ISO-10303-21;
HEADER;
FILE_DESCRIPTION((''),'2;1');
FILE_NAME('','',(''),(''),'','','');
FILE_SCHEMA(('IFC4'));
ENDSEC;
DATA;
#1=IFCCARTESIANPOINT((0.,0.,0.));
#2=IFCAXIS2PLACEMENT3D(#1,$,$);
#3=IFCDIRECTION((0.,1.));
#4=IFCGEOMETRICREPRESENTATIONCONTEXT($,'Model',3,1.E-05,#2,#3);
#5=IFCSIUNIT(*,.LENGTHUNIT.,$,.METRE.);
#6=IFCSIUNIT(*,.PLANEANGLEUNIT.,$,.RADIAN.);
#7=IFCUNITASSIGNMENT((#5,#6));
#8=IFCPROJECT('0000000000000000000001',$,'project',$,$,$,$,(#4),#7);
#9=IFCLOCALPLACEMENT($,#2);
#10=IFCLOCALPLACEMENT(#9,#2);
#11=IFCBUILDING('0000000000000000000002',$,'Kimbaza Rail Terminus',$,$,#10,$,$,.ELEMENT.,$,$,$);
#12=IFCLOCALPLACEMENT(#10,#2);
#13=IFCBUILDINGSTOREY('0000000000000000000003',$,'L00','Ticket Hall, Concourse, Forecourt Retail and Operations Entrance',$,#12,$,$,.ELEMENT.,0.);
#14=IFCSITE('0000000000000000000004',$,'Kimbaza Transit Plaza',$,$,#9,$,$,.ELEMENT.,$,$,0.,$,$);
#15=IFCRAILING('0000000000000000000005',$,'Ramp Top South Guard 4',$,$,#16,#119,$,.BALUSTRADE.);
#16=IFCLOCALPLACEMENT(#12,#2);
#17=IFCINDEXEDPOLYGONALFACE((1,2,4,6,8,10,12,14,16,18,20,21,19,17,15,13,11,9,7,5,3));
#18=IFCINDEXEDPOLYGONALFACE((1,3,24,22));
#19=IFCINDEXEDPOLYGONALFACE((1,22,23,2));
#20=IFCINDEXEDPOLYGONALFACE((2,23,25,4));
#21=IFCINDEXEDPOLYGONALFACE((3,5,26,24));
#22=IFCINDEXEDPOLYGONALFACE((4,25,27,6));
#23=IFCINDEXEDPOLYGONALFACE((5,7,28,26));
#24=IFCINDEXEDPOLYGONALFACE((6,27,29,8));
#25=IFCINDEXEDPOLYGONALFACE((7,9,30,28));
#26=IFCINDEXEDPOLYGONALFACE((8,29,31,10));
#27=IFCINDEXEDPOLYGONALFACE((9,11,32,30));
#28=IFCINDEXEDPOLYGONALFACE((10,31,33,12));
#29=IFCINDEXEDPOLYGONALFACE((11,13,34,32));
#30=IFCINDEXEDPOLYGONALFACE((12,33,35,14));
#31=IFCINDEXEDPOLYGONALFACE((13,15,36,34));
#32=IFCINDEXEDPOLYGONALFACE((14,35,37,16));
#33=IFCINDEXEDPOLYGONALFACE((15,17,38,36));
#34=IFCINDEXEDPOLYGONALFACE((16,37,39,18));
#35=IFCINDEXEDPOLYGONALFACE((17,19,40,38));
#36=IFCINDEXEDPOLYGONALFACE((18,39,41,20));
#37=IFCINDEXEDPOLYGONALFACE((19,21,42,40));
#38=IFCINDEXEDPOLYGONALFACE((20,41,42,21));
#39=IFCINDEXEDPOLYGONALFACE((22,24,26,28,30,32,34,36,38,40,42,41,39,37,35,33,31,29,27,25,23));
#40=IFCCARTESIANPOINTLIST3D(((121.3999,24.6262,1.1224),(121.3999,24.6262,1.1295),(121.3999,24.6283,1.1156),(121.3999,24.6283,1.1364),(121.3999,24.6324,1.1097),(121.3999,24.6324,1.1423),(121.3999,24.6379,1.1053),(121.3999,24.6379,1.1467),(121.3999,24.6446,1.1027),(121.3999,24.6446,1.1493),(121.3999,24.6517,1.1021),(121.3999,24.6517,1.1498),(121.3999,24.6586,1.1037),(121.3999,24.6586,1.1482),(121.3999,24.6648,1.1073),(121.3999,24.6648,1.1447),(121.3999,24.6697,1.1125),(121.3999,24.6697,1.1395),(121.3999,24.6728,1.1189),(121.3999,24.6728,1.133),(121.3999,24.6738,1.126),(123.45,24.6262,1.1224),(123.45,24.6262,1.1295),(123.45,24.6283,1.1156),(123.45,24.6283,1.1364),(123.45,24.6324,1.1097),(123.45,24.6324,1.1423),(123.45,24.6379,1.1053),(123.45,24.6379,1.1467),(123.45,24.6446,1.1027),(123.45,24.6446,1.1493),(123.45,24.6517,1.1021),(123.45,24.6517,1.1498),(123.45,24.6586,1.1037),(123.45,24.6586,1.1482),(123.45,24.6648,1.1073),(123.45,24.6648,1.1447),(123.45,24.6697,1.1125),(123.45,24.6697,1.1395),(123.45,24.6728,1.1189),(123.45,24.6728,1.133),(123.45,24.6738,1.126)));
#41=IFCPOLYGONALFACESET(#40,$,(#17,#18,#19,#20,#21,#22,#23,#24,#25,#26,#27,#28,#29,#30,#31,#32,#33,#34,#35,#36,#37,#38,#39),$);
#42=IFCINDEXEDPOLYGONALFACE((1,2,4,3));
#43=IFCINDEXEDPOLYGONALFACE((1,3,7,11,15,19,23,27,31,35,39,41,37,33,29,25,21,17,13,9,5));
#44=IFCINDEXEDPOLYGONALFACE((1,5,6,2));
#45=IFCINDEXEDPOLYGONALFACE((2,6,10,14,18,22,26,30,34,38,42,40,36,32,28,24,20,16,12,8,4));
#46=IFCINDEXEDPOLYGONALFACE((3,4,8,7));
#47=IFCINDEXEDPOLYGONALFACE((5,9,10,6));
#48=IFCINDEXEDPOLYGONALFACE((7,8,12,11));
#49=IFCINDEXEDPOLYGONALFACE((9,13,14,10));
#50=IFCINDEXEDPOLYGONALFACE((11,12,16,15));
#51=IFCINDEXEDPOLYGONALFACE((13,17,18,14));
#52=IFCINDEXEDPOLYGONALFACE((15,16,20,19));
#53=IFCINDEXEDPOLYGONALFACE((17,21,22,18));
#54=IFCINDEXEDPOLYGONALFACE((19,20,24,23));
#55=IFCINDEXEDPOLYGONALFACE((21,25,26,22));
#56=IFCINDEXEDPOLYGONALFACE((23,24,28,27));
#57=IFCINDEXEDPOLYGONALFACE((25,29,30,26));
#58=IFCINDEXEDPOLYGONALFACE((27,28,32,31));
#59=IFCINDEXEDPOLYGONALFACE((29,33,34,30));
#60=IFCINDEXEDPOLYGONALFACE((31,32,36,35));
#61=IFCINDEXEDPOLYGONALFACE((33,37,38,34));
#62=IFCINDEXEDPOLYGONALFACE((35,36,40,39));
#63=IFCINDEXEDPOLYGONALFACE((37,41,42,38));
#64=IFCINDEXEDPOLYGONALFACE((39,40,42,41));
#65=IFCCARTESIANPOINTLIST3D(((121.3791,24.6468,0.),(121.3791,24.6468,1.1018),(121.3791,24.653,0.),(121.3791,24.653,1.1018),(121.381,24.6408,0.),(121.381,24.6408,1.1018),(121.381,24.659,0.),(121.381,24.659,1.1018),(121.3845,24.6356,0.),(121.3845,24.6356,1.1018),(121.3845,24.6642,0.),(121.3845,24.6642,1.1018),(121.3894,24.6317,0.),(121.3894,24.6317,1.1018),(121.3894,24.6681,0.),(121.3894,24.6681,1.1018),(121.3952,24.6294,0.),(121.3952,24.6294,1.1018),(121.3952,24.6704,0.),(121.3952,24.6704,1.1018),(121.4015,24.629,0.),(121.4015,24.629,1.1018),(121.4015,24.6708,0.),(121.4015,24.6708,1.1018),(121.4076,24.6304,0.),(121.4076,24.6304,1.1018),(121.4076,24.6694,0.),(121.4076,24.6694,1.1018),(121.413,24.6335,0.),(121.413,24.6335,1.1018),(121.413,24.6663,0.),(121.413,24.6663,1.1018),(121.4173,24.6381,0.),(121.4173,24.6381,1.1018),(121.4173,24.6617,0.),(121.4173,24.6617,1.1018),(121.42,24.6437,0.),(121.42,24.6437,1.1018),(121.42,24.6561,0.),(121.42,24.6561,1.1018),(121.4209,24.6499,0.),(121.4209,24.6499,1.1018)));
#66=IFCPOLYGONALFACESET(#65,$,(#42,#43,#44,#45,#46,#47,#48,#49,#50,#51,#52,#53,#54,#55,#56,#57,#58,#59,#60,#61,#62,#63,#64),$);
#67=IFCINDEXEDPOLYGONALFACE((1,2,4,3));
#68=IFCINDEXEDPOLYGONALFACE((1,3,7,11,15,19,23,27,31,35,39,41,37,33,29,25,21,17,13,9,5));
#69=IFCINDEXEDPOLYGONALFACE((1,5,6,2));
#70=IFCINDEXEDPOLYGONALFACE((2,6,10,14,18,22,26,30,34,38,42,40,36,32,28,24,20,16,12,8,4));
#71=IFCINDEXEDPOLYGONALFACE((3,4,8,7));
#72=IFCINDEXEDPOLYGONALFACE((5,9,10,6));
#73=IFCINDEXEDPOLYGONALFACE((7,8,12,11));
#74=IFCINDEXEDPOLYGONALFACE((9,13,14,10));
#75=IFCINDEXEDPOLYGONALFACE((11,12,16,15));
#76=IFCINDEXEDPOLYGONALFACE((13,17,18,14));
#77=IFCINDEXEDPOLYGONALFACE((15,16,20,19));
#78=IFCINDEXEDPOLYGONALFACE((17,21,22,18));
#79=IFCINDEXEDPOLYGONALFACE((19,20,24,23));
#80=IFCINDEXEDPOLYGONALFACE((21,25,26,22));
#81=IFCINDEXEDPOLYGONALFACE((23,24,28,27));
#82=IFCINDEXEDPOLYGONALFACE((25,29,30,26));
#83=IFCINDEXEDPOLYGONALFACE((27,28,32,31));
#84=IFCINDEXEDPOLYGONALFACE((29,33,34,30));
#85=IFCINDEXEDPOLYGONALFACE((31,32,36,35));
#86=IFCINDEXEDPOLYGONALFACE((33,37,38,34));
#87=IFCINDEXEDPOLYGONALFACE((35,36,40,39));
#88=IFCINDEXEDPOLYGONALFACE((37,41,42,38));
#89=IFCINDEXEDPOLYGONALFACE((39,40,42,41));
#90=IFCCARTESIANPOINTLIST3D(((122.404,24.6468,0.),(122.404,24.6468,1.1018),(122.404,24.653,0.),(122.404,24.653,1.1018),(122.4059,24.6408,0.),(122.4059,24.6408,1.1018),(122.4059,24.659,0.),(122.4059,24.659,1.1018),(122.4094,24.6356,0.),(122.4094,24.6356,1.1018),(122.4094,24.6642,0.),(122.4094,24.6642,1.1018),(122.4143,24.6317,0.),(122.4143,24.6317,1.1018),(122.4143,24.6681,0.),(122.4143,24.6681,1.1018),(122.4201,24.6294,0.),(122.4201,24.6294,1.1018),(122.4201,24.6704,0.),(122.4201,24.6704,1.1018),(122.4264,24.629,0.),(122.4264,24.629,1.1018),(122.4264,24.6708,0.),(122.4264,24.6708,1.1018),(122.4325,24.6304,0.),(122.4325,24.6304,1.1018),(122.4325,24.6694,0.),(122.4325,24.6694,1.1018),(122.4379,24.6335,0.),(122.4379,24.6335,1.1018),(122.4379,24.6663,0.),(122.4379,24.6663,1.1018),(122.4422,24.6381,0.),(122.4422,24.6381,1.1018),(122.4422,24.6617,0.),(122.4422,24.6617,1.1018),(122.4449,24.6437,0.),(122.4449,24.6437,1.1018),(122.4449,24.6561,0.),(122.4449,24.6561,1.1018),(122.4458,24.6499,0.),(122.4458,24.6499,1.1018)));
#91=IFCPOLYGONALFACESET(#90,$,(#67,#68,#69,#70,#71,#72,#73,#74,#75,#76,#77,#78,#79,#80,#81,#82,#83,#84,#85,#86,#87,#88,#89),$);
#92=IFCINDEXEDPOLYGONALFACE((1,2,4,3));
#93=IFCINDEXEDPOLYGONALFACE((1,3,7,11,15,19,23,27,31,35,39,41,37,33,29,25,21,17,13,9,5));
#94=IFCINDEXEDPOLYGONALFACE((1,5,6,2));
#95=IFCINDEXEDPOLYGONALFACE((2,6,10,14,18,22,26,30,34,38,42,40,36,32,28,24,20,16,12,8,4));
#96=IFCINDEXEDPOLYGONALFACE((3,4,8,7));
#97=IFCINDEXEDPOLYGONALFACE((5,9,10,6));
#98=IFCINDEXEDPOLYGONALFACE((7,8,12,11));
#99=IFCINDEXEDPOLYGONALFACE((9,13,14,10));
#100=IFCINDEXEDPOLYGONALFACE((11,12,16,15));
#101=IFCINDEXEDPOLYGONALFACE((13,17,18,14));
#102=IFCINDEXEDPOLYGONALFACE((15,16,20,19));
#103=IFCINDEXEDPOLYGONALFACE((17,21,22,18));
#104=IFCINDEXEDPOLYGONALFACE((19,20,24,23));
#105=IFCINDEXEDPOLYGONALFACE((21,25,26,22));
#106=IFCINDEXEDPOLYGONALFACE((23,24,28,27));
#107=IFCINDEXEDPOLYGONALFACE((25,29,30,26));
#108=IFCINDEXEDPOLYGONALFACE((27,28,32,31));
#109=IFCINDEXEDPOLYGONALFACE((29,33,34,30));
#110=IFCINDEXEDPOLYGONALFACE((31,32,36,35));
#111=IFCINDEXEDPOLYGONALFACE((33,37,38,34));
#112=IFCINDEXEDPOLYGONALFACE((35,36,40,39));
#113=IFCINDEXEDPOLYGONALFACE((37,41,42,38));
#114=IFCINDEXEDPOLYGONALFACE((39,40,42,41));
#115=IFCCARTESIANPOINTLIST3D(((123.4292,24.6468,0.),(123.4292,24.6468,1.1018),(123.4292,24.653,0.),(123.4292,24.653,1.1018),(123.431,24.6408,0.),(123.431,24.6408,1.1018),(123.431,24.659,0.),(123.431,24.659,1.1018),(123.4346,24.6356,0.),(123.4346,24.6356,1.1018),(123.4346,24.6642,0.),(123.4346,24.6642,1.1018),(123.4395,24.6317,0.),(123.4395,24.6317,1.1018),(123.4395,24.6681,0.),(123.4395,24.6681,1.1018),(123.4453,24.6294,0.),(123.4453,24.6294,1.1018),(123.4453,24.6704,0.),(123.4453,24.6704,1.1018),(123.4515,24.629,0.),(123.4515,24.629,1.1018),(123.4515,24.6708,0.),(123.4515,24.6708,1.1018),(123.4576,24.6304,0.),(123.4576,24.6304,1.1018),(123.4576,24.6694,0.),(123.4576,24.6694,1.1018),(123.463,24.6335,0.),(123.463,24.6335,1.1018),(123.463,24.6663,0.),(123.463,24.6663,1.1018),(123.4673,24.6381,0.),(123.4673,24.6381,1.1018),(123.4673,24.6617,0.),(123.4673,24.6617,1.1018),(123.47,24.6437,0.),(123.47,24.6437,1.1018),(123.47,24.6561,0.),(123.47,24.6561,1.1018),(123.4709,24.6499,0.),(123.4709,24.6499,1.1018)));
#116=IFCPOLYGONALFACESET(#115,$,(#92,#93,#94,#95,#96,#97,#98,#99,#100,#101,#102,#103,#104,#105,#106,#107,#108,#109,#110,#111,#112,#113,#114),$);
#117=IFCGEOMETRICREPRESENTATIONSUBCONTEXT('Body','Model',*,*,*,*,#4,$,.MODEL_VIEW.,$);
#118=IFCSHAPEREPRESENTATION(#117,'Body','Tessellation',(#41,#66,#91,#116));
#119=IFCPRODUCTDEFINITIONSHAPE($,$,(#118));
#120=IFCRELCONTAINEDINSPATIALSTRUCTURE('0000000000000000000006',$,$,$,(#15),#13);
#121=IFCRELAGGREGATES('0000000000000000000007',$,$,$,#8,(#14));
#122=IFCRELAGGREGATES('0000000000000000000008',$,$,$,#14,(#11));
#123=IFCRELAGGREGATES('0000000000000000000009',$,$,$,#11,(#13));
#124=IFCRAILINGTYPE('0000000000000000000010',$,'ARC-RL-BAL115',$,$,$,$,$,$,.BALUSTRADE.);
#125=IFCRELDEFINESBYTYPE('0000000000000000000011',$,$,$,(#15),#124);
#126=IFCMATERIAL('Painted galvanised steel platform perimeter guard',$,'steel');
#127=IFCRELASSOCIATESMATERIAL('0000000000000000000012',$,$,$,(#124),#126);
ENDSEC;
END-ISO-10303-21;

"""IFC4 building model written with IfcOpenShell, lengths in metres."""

from ifc_helpers import new_model, si_unit, direction, frame, origin, origin_2d, place, context, subcontext, project, spatial, circle, extrude, material, type_object, element, save


model = new_model("IFC4")

# Units and contexts
model_context = context("Model", 3, precision=1e-05, world=origin(), true_north=direction((0.0, 1.0)))
body_context = subcontext(model_context, "Body", "Model", "MODEL_VIEW")
ifc_project = project(units=[si_unit("LENGTHUNIT", "METRE"), si_unit("PLANEANGLEUNIT", "RADIAN")], contexts=[model_context])

# Site, building, storey
site_placement = place(None, origin())
site = spatial("IfcSite", under=ifc_project, at=site_placement, Name="Kimbaza Transit Plaza", CompositionType="ELEMENT", RefElevation=0.0)
building_placement = place(site_placement, origin())
building = spatial("IfcBuilding", under=site, at=building_placement, Name="Kimbaza Rail Terminus", CompositionType="ELEMENT")
storey_placement = place(building_placement, origin())
storey = spatial("IfcBuildingStorey", under=building, at=storey_placement, Name="L00", Description="Ticket Hall, Concourse, Forecourt Retail and Operations Entrance", CompositionType="ELEMENT", Elevation=0.0)

# Railing
ifc_material_1 = material(Name="Painted galvanised steel platform perimeter guard", Category="steel")
railing_type = type_object("IfcRailingType", Name="ARC-RL-BAL115", PredefinedType="BALUSTRADE", material=ifc_material_1)
railing_1_placement = place(storey_placement, frame((121.3999, 24.6499, 0.0)))
element("IfcRailing", 1, at=railing_1_placement, inside=storey, type_object=railing_type, Name="Ramp Top South Guard 4", PredefinedType="BALUSTRADE", context=body_context, shape_type="SweptSolid", body=[
    extrude(circle(Radius=0.0239, at=origin_2d()), frame((0.0, 0.0, 1.126), z_axis=(1.0, 0.0, 0.0), x_axis=(0.0, 1.0, 0.0)), (0.0, 0.0, 1.0), 2.05),
    extrude(circle(Radius=0.021, at=origin_2d()), origin(), (0.0, 0.0, 1.0), 1.1018),
    extrude(circle(Radius=0.021, at=origin_2d()), frame((1.0249, 0.0, 0.0)), (0.0, 0.0, 1.0), 1.1018),
    extrude(circle(Radius=0.021, at=origin_2d()), frame((2.05, 0.0, 0.0)), (0.0, 0.0, 1.0), 1.1018),
])

save(model, "model.ifc")
